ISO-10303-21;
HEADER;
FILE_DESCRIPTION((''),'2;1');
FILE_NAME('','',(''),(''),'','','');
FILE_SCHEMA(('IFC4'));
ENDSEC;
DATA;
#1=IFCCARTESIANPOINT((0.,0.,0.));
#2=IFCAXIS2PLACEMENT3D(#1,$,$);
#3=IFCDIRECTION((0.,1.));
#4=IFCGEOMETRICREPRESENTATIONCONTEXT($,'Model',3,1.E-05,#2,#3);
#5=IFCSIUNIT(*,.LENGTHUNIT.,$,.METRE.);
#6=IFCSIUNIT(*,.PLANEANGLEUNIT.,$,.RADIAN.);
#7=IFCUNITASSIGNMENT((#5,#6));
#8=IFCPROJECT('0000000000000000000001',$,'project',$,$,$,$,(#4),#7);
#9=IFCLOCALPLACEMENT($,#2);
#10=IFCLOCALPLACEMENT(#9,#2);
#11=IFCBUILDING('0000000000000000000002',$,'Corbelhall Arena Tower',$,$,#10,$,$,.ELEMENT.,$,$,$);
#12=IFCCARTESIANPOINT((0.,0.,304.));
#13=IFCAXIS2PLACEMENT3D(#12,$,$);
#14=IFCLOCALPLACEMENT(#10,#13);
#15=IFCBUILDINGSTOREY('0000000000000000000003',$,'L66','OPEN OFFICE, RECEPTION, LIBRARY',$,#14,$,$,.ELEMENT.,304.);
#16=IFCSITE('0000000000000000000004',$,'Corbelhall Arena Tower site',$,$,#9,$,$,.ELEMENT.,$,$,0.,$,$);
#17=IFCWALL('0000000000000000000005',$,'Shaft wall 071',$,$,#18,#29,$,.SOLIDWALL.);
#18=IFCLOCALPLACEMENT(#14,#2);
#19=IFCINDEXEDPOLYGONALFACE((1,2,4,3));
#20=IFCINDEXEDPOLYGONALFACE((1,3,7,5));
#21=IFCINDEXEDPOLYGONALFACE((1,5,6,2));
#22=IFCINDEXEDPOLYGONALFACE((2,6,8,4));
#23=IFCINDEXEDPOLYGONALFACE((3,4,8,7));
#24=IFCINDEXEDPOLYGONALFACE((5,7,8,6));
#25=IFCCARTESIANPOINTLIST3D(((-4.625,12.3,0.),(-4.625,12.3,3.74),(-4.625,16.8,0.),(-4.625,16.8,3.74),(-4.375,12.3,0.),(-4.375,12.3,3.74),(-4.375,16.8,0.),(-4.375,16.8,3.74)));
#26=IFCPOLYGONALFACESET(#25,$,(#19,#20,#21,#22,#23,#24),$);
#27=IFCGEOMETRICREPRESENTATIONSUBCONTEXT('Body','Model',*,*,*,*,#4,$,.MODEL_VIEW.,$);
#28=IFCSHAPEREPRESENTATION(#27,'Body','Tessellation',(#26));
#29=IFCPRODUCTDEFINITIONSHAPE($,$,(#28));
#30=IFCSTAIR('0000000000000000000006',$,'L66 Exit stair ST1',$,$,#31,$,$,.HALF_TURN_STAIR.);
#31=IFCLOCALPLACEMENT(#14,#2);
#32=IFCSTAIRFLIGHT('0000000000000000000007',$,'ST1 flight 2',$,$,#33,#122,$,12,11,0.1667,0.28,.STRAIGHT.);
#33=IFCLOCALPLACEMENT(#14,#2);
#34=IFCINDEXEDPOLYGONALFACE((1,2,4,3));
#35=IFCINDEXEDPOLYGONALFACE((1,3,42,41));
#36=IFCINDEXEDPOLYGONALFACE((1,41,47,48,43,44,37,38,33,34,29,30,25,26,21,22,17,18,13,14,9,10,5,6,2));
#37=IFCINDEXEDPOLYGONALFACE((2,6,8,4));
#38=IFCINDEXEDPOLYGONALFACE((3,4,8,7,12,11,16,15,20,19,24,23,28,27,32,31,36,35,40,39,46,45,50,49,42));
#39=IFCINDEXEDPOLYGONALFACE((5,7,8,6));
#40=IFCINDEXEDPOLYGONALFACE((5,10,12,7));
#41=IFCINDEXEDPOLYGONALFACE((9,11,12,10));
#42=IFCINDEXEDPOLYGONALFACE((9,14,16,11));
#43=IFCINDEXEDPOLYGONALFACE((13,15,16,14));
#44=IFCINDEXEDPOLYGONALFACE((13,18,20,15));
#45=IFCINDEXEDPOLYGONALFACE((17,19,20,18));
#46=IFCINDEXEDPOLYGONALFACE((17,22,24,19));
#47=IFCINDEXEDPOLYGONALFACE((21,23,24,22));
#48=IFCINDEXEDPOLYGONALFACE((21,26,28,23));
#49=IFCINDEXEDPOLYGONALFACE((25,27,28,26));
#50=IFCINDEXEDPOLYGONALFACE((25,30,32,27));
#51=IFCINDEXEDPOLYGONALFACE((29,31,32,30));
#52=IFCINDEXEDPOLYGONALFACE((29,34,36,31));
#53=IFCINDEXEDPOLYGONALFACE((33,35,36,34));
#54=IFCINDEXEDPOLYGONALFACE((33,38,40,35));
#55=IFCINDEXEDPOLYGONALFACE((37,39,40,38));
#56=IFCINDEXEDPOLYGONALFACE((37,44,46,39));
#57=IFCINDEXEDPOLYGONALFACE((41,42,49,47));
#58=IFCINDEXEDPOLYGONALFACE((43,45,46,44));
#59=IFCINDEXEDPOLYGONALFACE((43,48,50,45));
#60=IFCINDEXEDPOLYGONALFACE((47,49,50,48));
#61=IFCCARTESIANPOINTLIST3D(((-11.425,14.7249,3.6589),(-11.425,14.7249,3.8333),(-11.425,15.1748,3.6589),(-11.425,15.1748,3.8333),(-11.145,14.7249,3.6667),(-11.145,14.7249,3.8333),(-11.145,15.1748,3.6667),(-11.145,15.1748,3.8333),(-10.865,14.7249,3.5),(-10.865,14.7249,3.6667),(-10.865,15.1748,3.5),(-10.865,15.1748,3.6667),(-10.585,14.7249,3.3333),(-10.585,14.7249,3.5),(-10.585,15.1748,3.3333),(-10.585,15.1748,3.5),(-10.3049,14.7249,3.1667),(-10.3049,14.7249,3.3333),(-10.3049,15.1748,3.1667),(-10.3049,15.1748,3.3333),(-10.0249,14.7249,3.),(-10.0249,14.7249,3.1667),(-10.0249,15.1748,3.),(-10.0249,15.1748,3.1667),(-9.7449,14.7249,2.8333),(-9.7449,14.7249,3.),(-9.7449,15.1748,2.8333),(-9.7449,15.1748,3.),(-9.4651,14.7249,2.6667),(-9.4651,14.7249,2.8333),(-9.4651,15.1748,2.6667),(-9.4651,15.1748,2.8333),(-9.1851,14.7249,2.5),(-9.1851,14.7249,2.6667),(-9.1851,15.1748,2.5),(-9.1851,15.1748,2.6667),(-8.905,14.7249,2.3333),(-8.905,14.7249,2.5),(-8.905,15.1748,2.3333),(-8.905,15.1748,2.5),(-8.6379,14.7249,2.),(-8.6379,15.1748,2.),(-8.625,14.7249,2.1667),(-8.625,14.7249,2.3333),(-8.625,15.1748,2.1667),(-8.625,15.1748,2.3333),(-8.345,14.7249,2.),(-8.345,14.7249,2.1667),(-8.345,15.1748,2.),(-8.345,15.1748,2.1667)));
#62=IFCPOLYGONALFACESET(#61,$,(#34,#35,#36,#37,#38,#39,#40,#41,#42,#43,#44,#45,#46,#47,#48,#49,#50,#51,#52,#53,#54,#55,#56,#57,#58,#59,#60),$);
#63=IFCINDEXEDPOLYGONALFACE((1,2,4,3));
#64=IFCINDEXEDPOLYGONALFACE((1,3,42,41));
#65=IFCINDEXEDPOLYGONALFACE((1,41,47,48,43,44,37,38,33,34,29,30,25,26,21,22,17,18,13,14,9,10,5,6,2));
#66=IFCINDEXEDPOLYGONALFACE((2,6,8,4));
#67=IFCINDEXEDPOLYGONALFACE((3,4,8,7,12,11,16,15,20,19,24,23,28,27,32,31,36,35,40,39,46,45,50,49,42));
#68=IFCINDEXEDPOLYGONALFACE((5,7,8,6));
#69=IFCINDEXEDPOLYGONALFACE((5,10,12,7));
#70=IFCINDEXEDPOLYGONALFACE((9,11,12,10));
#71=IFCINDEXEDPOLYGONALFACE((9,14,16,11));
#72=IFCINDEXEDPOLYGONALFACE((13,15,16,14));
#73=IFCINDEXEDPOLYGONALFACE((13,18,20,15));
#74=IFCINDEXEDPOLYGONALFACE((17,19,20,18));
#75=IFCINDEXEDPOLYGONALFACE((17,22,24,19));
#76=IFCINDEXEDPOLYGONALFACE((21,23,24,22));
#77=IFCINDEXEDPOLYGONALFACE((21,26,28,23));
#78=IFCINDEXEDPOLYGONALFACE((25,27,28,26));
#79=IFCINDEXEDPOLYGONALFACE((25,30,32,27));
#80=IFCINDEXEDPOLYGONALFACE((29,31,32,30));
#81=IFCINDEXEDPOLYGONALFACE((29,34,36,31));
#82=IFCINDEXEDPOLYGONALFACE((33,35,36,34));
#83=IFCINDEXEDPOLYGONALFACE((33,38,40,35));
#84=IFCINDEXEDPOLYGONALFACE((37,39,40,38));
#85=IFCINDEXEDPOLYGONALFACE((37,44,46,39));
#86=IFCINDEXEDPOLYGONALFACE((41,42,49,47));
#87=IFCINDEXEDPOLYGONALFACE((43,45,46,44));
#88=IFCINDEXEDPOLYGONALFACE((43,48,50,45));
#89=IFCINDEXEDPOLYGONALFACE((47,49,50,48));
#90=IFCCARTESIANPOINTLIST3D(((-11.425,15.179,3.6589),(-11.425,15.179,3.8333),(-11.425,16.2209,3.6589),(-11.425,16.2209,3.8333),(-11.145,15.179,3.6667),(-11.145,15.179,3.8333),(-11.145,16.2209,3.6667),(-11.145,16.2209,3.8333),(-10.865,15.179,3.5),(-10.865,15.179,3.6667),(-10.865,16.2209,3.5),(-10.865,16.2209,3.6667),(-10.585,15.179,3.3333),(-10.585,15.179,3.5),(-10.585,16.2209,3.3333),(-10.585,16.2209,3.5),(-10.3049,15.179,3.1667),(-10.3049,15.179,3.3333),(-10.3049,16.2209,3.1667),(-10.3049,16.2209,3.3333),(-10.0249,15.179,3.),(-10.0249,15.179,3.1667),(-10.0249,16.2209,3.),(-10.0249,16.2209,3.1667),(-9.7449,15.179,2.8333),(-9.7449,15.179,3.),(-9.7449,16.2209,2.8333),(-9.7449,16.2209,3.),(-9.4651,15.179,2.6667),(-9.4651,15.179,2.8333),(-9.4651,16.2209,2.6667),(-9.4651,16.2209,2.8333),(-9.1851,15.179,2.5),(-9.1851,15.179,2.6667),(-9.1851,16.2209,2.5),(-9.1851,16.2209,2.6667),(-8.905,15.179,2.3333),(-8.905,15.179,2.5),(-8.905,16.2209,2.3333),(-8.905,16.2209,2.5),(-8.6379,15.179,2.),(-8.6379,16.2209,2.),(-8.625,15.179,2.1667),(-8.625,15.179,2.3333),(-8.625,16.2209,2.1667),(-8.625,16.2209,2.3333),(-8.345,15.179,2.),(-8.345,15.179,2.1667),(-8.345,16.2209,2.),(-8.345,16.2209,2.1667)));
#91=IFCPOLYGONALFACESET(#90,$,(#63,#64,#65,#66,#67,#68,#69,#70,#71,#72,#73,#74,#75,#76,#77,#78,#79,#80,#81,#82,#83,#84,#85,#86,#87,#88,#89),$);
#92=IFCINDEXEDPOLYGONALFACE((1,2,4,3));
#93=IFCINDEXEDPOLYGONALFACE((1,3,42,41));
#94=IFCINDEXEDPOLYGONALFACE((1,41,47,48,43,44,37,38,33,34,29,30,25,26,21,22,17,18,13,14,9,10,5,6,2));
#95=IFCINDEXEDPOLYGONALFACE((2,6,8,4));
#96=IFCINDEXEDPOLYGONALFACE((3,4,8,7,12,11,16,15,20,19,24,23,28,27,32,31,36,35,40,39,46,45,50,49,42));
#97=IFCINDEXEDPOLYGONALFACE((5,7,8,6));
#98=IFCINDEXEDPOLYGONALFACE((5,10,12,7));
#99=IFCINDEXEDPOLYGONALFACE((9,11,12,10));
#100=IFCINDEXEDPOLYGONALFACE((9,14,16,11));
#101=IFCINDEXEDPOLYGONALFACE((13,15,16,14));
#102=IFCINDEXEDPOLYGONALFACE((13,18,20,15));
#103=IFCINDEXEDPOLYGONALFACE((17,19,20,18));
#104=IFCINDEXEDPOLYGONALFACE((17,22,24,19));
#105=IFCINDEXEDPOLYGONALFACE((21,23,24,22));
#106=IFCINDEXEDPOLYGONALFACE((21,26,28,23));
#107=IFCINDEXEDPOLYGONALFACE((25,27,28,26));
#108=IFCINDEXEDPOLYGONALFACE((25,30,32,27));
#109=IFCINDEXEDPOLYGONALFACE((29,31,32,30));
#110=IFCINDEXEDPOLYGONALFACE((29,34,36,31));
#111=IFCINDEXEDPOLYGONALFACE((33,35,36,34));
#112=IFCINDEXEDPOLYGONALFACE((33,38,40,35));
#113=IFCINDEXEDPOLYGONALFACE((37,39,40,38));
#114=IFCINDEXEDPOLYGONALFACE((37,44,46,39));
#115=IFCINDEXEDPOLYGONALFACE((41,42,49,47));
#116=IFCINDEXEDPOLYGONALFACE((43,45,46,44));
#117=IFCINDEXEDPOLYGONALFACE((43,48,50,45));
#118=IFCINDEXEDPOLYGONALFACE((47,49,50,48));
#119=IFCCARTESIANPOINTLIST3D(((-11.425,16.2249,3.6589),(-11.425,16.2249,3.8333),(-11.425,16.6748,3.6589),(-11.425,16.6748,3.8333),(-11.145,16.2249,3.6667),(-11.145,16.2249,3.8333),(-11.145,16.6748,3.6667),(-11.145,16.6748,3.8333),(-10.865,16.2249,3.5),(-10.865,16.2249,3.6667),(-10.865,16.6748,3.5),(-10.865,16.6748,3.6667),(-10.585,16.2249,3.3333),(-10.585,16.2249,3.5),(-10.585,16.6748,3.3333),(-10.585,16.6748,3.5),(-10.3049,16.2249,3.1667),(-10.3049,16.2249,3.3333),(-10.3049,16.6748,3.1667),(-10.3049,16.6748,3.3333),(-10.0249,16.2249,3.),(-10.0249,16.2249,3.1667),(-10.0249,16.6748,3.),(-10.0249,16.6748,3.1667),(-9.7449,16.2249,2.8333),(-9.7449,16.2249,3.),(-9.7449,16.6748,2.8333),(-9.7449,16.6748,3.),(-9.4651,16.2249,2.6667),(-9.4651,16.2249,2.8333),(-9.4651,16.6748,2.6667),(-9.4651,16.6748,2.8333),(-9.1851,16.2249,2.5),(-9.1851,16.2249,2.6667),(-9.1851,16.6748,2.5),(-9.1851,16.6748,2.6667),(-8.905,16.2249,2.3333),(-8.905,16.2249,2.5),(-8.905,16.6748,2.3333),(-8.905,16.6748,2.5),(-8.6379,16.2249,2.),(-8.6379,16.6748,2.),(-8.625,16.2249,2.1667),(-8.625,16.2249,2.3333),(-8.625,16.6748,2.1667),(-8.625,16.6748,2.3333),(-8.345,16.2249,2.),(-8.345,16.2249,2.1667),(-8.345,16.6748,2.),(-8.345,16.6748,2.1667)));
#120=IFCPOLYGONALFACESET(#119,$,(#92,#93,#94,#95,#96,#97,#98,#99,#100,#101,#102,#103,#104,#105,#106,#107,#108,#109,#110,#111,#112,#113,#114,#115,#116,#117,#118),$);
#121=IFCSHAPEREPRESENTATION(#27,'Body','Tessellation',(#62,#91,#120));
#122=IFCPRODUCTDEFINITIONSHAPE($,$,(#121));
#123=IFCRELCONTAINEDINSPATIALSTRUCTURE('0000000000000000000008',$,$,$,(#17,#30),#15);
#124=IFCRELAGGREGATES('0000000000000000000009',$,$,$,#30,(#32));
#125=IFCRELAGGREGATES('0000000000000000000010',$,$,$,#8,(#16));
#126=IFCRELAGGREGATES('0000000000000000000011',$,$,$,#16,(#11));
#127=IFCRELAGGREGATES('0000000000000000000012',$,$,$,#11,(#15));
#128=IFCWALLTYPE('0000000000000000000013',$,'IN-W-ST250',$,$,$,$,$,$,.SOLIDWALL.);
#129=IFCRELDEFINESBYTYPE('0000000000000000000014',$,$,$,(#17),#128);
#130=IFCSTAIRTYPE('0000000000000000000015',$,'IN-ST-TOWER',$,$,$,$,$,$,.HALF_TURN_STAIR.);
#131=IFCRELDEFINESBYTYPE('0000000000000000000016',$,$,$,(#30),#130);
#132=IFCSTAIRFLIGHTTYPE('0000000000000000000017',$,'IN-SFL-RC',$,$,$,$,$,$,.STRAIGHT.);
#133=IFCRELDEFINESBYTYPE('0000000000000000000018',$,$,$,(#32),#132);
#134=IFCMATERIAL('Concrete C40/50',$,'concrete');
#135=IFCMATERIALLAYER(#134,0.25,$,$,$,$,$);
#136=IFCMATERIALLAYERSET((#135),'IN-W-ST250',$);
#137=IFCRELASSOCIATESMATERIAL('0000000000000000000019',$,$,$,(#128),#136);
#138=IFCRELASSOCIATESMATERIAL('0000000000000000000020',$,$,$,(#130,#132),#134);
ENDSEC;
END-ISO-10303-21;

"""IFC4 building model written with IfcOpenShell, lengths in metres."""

from ifc_helpers import new_model, si_unit, direction, frame, frame_2d, origin, place, context, subcontext, project, spatial, polyline, rectangle, outline, extrude, material, layer, layer_set, type_object, element, aggregate, save


model = new_model("IFC4")

# Units and contexts
model_context = context("Model", 3, precision=1e-05, world=origin(), true_north=direction((0.0, 1.0)))
body_context = subcontext(model_context, "Body", "Model", "MODEL_VIEW")
ifc_project = project(units=[si_unit("LENGTHUNIT", "METRE"), si_unit("PLANEANGLEUNIT", "RADIAN")], contexts=[model_context])

# Site, building, storey
site_placement = place(None, origin())
site = spatial("IfcSite", under=ifc_project, at=site_placement, Name="Corbelhall Arena Tower site", CompositionType="ELEMENT", RefElevation=0.0)
building_placement = place(site_placement, origin())
building = spatial("IfcBuilding", under=site, at=building_placement, Name="Corbelhall Arena Tower", CompositionType="ELEMENT")
storey_placement = place(building_placement, frame((0.0, 0.0, 304.0)))
storey = spatial("IfcBuildingStorey", under=building, at=storey_placement, Name="L66", Description="OPEN OFFICE, RECEPTION, LIBRARY", CompositionType="ELEMENT", Elevation=304.0)

# Wall
ifc_material_1 = material(Name="Concrete C40/50", Category="concrete")
ifc_layer_1 = layer(ifc_material_1, 0.25)
ifc_layer_set_1 = layer_set([ifc_layer_1], Name="IN-W-ST250")
wall_type_1 = type_object("IfcWallType", Name="IN-W-ST250", PredefinedType="SOLIDWALL", material=ifc_layer_set_1)
wall_1_placement = place(storey_placement, frame((-4.5, 16.8, 0.0), z_axis=(0.0, 0.0, 1.0), x_axis=(0.0, -1.0, 0.0)))
element("IfcWall", 1, at=wall_1_placement, inside=storey, type_object=wall_type_1, Name="Shaft wall 071", PredefinedType="SOLIDWALL", context=body_context, shape_type="SweptSolid", body=[
    extrude(rectangle(XDim=4.5, YDim=0.25, at=frame_2d((2.25, 0.0))), origin(), (0.0, 0.0, 1.0), 3.74),
])

# Stair, stair flight
stair_type = type_object("IfcStairType", Name="IN-ST-TOWER", PredefinedType="HALF_TURN_STAIR", material=ifc_material_1)
stair_placement = place(storey_placement, origin())
stair = element("IfcStair", 2, at=stair_placement, inside=storey, type_object=stair_type, Name="L66 Exit stair ST1", PredefinedType="HALF_TURN_STAIR")
stair_flight_type = type_object("IfcStairFlightType", Name="IN-SFL-RC", PredefinedType="STRAIGHT", material=ifc_material_1)
stair_flight_placement = place(storey_placement, frame((-8.345, 15.7, 2.0), z_axis=(0.0, 0.0, 1.0), x_axis=(-1.0, 0.0, 0.0)))
stair_flight = element("IfcStairFlight", 3, at=stair_flight_placement, type_object=stair_flight_type, Name="ST1 flight 2", NumberOfRisers=12, NumberOfTreads=11, PredefinedType="STRAIGHT", RiserHeight=0.1667, TreadLength=0.28, context=body_context, shape_type="SweptSolid", body=[
    extrude(outline(polyline([(0.0, 0.0), (0.0, 0.1667), (0.28, 0.1667), (0.28, 0.3333), (0.5601, 0.3333), (0.5601, 0.5), (0.8401, 0.5), (0.8401, 0.6667), (1.1201, 0.6667), (1.1201, 0.8333), (1.3999, 0.8333), (1.3999, 1.0), (1.6799, 1.0), (1.6799, 1.1667), (1.96, 1.1667), (1.96, 1.3333), (2.24, 1.3333), (2.24, 1.5), (2.52, 1.5), (2.52, 1.6667), (2.8, 1.6667), (2.8, 1.8333), (3.0801, 1.8333), (3.0801, 2.0), (3.0801, 1.6589), (0.293, 0.0), (0.0, 0.0)])), frame((0.0, 0.9751, 0.0), z_axis=(0.0, -1.0, 0.0), x_axis=(1.0, 0.0, 0.0)), (0.0, 0.0, 1.0), 0.45),
    extrude(outline(polyline([(0.0, 0.0), (0.0, 0.1667), (0.28, 0.1667), (0.28, 0.3333), (0.5601, 0.3333), (0.5601, 0.5), (0.8401, 0.5), (0.8401, 0.6667), (1.1201, 0.6667), (1.1201, 0.8333), (1.3999, 0.8333), (1.3999, 1.0), (1.6799, 1.0), (1.6799, 1.1667), (1.96, 1.1667), (1.96, 1.3333), (2.24, 1.3333), (2.24, 1.5), (2.52, 1.5), (2.52, 1.6667), (2.8, 1.6667), (2.8, 1.8333), (3.0801, 1.8333), (3.0801, 2.0), (3.0801, 1.6589), (0.293, 0.0), (0.0, 0.0)])), frame((0.0, 0.521, 0.0), z_axis=(0.0, -1.0, 0.0), x_axis=(1.0, 0.0, 0.0)), (0.0, 0.0, 1.0), 1.042),
    extrude(outline(polyline([(0.0, 0.0), (0.0, 0.1667), (0.28, 0.1667), (0.28, 0.3333), (0.5601, 0.3333), (0.5601, 0.5), (0.8401, 0.5), (0.8401, 0.6667), (1.1201, 0.6667), (1.1201, 0.8333), (1.3999, 0.8333), (1.3999, 1.0), (1.6799, 1.0), (1.6799, 1.1667), (1.96, 1.1667), (1.96, 1.3333), (2.24, 1.3333), (2.24, 1.5), (2.52, 1.5), (2.52, 1.6667), (2.8, 1.6667), (2.8, 1.8333), (3.0801, 1.8333), (3.0801, 2.0), (3.0801, 1.6589), (0.293, 0.0), (0.0, 0.0)])), frame((0.0, -0.5249, 0.0), z_axis=(0.0, -1.0, 0.0), x_axis=(1.0, 0.0, 0.0)), (0.0, 0.0, 1.0), 0.45),
])
aggregate(stair, [stair_flight])

save(model, "model.ifc")
